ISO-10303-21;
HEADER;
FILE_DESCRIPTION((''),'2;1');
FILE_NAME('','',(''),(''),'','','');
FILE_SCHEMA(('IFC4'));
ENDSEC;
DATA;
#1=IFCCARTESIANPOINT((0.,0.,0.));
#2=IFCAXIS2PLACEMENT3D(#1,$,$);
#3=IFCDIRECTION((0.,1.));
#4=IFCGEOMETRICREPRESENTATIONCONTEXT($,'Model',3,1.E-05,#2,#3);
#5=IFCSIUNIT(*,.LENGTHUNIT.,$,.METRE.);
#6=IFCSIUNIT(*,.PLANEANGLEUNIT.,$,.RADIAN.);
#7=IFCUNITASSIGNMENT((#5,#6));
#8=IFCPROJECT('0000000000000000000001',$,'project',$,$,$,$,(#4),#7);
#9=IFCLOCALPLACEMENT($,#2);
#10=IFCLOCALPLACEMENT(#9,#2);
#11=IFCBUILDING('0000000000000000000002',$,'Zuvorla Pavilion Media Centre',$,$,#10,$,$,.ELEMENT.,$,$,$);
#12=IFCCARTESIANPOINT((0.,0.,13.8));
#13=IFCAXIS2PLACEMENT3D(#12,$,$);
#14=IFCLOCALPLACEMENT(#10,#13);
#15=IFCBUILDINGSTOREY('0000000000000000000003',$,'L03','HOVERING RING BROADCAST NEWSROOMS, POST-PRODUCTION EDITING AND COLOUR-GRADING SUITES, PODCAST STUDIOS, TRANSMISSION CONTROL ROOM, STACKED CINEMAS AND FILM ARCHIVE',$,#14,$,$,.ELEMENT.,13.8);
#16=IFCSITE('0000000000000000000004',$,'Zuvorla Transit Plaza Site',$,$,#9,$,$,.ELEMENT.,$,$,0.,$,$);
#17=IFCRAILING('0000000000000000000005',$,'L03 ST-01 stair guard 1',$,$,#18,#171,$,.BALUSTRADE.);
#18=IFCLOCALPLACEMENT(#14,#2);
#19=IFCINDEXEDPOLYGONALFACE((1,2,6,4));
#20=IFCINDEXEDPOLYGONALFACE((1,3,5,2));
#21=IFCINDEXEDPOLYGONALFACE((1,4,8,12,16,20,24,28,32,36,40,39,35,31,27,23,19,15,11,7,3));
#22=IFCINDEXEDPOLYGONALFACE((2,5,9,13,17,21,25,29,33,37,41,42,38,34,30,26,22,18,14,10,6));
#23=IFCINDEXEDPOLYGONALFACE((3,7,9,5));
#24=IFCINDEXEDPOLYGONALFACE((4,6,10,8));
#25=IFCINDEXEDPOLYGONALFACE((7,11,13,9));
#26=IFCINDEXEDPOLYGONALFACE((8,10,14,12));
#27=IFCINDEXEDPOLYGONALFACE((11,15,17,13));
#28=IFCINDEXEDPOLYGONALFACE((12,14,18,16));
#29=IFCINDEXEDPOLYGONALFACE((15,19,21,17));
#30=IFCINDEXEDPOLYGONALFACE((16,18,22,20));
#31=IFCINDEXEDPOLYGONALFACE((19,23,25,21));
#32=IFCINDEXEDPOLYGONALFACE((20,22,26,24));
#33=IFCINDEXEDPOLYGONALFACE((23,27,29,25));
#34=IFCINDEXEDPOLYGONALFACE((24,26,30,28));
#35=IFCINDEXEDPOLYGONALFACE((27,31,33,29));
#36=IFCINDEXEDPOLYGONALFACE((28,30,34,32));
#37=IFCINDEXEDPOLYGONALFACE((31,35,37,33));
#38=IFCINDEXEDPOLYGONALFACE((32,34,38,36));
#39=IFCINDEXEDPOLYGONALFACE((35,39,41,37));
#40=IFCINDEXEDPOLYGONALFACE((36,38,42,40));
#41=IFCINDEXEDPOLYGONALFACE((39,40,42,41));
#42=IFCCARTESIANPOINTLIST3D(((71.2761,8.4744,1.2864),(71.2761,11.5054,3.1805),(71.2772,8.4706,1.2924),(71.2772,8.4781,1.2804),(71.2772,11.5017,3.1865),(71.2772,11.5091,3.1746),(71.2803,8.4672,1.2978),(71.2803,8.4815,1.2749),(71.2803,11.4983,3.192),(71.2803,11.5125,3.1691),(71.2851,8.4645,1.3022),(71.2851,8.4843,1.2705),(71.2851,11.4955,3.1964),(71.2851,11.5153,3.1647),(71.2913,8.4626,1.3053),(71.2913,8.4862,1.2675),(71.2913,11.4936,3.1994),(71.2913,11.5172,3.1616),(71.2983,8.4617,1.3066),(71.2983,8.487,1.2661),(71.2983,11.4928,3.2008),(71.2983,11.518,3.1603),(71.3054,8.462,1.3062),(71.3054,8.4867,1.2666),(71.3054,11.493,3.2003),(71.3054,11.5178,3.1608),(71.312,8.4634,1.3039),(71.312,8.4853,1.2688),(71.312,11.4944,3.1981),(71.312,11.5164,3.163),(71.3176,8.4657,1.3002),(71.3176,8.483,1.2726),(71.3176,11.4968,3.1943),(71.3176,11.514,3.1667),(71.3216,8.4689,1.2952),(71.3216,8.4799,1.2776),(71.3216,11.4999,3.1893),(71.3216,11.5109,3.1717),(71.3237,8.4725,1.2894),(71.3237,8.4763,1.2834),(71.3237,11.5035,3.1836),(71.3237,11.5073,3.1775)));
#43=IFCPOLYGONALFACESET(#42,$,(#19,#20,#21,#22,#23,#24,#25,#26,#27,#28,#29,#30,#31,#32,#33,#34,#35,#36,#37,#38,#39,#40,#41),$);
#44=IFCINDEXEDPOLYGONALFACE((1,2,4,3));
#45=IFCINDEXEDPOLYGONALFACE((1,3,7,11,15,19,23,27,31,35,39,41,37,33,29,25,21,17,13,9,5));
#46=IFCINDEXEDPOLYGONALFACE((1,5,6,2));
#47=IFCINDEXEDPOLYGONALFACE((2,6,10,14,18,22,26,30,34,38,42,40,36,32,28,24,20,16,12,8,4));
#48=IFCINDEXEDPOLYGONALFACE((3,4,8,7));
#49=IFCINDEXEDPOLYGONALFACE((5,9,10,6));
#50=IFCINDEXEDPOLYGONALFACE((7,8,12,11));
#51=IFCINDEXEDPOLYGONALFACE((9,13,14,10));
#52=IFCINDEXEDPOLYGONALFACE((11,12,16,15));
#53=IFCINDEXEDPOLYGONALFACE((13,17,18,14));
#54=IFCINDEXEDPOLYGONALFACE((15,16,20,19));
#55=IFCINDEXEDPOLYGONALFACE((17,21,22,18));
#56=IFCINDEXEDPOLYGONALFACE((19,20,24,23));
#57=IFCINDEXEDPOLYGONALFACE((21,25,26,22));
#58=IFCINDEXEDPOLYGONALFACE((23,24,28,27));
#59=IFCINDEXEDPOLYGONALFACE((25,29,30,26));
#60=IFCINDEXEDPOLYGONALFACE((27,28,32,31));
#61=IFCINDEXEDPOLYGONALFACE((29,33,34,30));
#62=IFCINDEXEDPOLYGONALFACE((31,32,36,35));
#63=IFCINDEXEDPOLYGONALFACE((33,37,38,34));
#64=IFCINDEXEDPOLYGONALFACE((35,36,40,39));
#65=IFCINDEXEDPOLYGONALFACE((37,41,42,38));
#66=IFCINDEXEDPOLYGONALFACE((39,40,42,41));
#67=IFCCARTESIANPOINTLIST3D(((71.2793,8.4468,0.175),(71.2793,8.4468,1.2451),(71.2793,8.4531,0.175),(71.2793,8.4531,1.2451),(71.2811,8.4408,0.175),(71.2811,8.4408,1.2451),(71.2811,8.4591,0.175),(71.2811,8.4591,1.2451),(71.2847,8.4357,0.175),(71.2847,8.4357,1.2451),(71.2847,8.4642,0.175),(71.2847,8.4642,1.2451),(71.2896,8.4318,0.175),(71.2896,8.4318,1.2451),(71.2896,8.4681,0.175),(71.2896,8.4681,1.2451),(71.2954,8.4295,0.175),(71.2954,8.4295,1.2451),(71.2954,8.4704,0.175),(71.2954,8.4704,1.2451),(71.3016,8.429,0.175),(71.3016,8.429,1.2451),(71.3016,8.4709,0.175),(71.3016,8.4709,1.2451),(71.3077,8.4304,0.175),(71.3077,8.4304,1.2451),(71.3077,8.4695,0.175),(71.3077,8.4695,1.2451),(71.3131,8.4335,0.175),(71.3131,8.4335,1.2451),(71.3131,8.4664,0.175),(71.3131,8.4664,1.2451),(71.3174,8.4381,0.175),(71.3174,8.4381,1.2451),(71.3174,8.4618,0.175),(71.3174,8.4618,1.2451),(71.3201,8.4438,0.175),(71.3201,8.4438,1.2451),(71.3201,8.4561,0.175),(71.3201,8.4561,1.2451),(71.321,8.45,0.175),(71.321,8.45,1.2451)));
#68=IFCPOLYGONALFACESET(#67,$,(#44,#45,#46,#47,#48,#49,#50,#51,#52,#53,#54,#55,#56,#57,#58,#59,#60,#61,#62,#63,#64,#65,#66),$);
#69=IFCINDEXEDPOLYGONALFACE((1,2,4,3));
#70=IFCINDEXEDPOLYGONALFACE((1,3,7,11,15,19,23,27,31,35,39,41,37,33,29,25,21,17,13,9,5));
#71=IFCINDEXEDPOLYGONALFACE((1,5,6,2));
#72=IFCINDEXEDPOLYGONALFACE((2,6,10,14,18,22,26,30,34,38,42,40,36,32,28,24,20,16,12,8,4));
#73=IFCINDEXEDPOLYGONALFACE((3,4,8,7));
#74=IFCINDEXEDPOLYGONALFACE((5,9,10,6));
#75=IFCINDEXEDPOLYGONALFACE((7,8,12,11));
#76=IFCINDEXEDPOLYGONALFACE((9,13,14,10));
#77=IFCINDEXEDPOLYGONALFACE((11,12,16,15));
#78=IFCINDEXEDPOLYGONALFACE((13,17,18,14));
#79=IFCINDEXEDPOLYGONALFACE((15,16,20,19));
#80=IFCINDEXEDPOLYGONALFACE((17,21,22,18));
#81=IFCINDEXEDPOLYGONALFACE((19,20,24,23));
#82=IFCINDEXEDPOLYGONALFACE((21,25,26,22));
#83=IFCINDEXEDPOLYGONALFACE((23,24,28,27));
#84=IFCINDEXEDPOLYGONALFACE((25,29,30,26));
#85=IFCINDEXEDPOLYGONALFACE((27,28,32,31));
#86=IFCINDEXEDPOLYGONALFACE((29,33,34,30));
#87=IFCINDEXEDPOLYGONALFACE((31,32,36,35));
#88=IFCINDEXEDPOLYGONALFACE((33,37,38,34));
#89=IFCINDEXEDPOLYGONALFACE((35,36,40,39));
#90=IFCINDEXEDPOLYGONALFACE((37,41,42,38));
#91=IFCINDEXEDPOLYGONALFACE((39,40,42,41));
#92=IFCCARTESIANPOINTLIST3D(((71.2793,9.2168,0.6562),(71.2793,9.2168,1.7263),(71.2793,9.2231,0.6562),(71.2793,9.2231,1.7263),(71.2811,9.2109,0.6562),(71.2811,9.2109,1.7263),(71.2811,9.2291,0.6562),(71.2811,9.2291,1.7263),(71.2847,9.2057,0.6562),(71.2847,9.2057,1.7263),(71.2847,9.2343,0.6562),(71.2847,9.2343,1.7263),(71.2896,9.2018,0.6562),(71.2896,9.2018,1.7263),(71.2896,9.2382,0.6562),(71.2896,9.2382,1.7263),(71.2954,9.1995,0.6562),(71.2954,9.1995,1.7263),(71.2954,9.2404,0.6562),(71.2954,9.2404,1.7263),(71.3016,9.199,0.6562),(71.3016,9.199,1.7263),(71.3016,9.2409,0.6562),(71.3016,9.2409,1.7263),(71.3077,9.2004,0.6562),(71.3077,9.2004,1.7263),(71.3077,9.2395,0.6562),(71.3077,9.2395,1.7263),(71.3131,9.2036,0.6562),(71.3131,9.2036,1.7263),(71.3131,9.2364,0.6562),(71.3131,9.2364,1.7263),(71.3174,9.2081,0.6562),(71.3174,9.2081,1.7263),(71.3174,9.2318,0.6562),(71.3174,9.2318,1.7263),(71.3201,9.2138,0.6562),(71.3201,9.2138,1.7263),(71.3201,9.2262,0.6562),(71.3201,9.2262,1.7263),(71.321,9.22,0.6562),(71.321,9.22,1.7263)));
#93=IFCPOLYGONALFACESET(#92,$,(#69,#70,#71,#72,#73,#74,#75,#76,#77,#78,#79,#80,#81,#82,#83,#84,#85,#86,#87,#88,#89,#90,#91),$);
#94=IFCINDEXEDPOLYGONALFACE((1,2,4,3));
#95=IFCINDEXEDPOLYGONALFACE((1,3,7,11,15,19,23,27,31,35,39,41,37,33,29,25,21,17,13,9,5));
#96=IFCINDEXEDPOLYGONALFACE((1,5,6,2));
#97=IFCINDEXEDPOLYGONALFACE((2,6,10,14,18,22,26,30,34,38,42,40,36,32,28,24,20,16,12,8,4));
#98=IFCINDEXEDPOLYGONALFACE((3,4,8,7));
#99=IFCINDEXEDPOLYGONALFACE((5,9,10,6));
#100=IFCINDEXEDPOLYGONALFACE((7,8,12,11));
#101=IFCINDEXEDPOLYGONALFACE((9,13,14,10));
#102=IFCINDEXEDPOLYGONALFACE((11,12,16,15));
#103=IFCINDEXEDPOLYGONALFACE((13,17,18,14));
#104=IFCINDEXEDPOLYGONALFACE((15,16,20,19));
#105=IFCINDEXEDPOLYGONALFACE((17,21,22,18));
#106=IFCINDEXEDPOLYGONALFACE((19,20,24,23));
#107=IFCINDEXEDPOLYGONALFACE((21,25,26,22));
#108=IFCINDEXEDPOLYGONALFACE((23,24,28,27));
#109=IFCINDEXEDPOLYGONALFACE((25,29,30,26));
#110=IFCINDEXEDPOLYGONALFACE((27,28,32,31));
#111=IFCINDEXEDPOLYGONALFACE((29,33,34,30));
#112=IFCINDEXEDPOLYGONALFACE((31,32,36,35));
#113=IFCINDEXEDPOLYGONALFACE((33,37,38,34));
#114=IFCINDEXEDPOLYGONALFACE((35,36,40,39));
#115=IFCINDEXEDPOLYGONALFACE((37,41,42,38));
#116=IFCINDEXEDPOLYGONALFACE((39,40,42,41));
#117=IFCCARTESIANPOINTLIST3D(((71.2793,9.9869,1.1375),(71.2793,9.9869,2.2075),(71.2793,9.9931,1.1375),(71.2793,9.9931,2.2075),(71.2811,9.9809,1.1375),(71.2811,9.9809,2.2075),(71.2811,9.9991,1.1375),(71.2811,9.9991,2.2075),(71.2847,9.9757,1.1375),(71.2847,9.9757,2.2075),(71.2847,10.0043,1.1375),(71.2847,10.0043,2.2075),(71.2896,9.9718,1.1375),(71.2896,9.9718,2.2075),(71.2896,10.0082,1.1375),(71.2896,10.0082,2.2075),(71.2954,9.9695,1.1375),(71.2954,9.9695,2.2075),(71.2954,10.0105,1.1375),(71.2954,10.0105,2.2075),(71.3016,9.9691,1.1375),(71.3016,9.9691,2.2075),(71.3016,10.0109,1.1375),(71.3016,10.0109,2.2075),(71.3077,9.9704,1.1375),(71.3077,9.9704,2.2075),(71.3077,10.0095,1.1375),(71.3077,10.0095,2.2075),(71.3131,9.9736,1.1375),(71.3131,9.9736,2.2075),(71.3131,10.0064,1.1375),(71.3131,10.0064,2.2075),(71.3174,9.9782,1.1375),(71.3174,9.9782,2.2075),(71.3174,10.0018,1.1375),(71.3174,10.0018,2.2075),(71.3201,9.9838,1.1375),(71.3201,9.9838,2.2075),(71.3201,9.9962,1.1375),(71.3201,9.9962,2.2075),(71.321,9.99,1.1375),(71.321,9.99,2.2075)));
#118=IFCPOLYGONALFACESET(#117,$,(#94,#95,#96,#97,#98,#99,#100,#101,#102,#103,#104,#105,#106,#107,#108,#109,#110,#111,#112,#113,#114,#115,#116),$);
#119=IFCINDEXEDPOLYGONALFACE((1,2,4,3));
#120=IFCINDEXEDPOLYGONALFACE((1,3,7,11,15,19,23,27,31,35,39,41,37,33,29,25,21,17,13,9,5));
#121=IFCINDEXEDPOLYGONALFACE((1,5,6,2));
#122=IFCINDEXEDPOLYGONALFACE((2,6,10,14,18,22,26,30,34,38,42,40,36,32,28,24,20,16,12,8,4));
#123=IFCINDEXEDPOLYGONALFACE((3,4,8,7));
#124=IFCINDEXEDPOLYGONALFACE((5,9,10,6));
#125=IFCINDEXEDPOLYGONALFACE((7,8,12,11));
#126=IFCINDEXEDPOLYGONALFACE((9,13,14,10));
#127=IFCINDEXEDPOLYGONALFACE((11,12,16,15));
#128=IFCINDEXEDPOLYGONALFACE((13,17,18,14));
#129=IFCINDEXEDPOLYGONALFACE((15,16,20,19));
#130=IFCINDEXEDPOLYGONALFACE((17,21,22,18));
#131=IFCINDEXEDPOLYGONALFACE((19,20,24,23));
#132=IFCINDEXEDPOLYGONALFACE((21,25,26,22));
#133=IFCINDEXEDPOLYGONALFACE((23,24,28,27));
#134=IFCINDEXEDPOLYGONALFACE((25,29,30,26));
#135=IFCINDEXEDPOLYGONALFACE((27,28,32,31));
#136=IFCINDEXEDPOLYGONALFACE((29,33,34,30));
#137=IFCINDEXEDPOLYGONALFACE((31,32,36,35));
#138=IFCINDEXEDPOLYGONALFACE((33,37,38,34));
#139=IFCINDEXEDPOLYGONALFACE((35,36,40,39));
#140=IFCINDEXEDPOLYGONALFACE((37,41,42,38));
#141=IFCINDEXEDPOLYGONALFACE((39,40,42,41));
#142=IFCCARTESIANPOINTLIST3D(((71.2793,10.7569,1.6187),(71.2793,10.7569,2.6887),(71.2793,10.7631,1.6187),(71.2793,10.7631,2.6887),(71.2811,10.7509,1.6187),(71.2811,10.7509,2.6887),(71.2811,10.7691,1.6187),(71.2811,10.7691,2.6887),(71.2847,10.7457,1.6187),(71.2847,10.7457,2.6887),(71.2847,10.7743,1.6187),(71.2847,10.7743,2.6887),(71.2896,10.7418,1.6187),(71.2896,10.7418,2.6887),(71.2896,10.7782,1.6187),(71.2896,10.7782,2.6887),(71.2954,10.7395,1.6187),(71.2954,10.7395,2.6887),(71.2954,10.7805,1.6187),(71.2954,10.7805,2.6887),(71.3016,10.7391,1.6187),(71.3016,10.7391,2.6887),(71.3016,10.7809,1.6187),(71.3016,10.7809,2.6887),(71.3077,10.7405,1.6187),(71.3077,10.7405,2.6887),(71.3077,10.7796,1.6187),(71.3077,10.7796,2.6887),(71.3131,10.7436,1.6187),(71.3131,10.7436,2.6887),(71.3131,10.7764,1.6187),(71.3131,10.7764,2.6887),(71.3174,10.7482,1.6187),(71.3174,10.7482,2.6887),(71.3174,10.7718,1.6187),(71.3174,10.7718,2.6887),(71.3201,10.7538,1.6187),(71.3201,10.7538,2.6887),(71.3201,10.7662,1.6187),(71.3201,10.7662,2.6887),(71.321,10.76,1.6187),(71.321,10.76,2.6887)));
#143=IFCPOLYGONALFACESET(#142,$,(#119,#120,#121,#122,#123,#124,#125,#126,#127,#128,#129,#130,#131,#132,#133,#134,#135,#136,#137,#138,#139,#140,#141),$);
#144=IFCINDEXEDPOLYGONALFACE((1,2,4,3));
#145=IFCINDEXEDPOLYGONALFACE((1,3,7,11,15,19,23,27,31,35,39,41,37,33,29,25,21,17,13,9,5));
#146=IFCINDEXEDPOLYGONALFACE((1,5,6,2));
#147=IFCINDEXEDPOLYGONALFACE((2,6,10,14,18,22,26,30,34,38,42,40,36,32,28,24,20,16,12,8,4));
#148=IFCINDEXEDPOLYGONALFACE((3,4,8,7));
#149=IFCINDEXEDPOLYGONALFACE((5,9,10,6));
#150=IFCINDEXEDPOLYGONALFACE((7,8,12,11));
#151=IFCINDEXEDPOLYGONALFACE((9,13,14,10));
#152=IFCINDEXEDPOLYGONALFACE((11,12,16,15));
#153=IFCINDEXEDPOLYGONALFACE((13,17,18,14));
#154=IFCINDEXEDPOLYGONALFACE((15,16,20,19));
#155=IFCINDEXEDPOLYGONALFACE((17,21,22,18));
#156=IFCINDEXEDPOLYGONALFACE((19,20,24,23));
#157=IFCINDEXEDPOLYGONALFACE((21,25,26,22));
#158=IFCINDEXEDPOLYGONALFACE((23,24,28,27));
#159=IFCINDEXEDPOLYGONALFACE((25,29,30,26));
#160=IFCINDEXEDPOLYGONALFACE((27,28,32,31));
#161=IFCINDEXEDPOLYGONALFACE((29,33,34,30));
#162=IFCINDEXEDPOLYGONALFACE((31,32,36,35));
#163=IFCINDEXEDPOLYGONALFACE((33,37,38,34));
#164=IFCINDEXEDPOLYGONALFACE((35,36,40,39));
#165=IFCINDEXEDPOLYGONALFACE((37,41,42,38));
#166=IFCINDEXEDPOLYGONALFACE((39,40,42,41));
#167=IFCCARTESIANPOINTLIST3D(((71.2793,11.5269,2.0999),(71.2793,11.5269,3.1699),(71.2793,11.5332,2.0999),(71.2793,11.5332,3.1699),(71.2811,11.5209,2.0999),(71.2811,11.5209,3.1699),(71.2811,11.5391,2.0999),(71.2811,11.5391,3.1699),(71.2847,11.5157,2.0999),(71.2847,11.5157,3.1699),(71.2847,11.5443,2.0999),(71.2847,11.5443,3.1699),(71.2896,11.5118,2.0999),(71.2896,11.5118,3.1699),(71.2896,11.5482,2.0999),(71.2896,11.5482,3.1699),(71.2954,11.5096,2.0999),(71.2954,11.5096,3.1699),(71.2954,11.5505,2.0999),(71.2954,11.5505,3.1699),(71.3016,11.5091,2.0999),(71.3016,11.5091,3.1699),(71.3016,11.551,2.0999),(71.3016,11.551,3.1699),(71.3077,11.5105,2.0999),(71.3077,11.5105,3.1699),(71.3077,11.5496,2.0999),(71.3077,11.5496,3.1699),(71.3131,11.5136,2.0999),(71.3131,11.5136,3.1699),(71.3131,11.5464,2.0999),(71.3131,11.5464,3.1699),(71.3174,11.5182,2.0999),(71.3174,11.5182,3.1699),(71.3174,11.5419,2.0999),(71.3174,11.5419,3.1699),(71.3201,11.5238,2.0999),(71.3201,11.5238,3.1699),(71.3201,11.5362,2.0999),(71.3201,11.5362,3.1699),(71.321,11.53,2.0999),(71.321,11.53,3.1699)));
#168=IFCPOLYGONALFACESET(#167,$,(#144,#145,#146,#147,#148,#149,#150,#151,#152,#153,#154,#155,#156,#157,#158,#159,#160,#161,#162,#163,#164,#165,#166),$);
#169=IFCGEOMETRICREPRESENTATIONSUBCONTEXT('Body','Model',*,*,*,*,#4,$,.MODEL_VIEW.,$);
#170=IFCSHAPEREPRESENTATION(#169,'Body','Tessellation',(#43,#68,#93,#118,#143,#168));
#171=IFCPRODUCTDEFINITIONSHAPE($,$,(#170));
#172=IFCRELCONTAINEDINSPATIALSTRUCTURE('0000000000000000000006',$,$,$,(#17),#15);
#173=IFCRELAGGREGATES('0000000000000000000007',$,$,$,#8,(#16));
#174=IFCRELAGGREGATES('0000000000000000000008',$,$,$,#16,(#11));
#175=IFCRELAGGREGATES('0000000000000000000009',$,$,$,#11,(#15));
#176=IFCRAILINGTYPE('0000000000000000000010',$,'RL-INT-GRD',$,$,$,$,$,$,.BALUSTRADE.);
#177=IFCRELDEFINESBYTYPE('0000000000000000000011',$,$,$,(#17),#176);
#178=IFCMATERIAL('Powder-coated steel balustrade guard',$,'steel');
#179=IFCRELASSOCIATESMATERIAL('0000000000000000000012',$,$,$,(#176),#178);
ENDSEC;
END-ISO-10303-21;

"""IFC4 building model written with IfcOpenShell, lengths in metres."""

from ifc_helpers import new_model, si_unit, direction, frame, origin, origin_2d, place, context, subcontext, project, spatial, circle, extrude, material, type_object, element, save


model = new_model("IFC4")

# Units and contexts
model_context = context("Model", 3, precision=1e-05, world=origin(), true_north=direction((0.0, 1.0)))
body_context = subcontext(model_context, "Body", "Model", "MODEL_VIEW")
ifc_project = project(units=[si_unit("LENGTHUNIT", "METRE"), si_unit("PLANEANGLEUNIT", "RADIAN")], contexts=[model_context])

# Site, building, storey
site_placement = place(None, origin())
site = spatial("IfcSite", under=ifc_project, at=site_placement, Name="Zuvorla Transit Plaza Site", CompositionType="ELEMENT", RefElevation=0.0)
building_placement = place(site_placement, origin())
building = spatial("IfcBuilding", under=site, at=building_placement, Name="Zuvorla Pavilion Media Centre", CompositionType="ELEMENT")
storey_placement = place(building_placement, frame((0.0, 0.0, 13.8)))
storey = spatial("IfcBuildingStorey", under=building, at=storey_placement, Name="L03", Description="HOVERING RING BROADCAST NEWSROOMS, POST-PRODUCTION EDITING AND COLOUR-GRADING SUITES, PODCAST STUDIOS, TRANSMISSION CONTROL ROOM, STACKED CINEMAS AND FILM ARCHIVE", CompositionType="ELEMENT", Elevation=13.8)

# Railing
ifc_material_1 = material(Name="Powder-coated steel balustrade guard", Category="steel")
railing_type_1 = type_object("IfcRailingType", Name="RL-INT-GRD", PredefinedType="BALUSTRADE", material=ifc_material_1)
railing_1_placement = place(storey_placement, frame((71.3, 8.45, 0.175)))
element("IfcRailing", 1, at=railing_1_placement, inside=storey, type_object=railing_type_1, Name="L03 ST-01 stair guard 1", PredefinedType="BALUSTRADE", context=body_context, shape_type="SweptSolid", body=[
    extrude(circle(Radius=0.0239, at=origin_2d()), frame((0.0, 0.0244, 1.1113), z_axis=(0.0, 0.848029, 0.529951), x_axis=(-1.0, 0.0, 0.0)), (0.0, 0.0, 1.0), 3.5742),
    extrude(circle(Radius=0.021, at=origin_2d()), origin(), (0.0, 0.0, 1.0), 1.0701),
    extrude(circle(Radius=0.021, at=origin_2d()), frame((0.0, 0.77, 0.4812)), (0.0, 0.0, 1.0), 1.0701),
    extrude(circle(Radius=0.021, at=origin_2d()), frame((0.0, 1.54, 0.9624)), (0.0, 0.0, 1.0), 1.0701),
    extrude(circle(Radius=0.021, at=origin_2d()), frame((0.0, 2.3101, 1.4436)), (0.0, 0.0, 1.0), 1.0701),
    extrude(circle(Radius=0.021, at=origin_2d()), frame((0.0, 3.0801, 1.9248)), (0.0, 0.0, 1.0), 1.0701),
])

save(model, "model.ifc")
